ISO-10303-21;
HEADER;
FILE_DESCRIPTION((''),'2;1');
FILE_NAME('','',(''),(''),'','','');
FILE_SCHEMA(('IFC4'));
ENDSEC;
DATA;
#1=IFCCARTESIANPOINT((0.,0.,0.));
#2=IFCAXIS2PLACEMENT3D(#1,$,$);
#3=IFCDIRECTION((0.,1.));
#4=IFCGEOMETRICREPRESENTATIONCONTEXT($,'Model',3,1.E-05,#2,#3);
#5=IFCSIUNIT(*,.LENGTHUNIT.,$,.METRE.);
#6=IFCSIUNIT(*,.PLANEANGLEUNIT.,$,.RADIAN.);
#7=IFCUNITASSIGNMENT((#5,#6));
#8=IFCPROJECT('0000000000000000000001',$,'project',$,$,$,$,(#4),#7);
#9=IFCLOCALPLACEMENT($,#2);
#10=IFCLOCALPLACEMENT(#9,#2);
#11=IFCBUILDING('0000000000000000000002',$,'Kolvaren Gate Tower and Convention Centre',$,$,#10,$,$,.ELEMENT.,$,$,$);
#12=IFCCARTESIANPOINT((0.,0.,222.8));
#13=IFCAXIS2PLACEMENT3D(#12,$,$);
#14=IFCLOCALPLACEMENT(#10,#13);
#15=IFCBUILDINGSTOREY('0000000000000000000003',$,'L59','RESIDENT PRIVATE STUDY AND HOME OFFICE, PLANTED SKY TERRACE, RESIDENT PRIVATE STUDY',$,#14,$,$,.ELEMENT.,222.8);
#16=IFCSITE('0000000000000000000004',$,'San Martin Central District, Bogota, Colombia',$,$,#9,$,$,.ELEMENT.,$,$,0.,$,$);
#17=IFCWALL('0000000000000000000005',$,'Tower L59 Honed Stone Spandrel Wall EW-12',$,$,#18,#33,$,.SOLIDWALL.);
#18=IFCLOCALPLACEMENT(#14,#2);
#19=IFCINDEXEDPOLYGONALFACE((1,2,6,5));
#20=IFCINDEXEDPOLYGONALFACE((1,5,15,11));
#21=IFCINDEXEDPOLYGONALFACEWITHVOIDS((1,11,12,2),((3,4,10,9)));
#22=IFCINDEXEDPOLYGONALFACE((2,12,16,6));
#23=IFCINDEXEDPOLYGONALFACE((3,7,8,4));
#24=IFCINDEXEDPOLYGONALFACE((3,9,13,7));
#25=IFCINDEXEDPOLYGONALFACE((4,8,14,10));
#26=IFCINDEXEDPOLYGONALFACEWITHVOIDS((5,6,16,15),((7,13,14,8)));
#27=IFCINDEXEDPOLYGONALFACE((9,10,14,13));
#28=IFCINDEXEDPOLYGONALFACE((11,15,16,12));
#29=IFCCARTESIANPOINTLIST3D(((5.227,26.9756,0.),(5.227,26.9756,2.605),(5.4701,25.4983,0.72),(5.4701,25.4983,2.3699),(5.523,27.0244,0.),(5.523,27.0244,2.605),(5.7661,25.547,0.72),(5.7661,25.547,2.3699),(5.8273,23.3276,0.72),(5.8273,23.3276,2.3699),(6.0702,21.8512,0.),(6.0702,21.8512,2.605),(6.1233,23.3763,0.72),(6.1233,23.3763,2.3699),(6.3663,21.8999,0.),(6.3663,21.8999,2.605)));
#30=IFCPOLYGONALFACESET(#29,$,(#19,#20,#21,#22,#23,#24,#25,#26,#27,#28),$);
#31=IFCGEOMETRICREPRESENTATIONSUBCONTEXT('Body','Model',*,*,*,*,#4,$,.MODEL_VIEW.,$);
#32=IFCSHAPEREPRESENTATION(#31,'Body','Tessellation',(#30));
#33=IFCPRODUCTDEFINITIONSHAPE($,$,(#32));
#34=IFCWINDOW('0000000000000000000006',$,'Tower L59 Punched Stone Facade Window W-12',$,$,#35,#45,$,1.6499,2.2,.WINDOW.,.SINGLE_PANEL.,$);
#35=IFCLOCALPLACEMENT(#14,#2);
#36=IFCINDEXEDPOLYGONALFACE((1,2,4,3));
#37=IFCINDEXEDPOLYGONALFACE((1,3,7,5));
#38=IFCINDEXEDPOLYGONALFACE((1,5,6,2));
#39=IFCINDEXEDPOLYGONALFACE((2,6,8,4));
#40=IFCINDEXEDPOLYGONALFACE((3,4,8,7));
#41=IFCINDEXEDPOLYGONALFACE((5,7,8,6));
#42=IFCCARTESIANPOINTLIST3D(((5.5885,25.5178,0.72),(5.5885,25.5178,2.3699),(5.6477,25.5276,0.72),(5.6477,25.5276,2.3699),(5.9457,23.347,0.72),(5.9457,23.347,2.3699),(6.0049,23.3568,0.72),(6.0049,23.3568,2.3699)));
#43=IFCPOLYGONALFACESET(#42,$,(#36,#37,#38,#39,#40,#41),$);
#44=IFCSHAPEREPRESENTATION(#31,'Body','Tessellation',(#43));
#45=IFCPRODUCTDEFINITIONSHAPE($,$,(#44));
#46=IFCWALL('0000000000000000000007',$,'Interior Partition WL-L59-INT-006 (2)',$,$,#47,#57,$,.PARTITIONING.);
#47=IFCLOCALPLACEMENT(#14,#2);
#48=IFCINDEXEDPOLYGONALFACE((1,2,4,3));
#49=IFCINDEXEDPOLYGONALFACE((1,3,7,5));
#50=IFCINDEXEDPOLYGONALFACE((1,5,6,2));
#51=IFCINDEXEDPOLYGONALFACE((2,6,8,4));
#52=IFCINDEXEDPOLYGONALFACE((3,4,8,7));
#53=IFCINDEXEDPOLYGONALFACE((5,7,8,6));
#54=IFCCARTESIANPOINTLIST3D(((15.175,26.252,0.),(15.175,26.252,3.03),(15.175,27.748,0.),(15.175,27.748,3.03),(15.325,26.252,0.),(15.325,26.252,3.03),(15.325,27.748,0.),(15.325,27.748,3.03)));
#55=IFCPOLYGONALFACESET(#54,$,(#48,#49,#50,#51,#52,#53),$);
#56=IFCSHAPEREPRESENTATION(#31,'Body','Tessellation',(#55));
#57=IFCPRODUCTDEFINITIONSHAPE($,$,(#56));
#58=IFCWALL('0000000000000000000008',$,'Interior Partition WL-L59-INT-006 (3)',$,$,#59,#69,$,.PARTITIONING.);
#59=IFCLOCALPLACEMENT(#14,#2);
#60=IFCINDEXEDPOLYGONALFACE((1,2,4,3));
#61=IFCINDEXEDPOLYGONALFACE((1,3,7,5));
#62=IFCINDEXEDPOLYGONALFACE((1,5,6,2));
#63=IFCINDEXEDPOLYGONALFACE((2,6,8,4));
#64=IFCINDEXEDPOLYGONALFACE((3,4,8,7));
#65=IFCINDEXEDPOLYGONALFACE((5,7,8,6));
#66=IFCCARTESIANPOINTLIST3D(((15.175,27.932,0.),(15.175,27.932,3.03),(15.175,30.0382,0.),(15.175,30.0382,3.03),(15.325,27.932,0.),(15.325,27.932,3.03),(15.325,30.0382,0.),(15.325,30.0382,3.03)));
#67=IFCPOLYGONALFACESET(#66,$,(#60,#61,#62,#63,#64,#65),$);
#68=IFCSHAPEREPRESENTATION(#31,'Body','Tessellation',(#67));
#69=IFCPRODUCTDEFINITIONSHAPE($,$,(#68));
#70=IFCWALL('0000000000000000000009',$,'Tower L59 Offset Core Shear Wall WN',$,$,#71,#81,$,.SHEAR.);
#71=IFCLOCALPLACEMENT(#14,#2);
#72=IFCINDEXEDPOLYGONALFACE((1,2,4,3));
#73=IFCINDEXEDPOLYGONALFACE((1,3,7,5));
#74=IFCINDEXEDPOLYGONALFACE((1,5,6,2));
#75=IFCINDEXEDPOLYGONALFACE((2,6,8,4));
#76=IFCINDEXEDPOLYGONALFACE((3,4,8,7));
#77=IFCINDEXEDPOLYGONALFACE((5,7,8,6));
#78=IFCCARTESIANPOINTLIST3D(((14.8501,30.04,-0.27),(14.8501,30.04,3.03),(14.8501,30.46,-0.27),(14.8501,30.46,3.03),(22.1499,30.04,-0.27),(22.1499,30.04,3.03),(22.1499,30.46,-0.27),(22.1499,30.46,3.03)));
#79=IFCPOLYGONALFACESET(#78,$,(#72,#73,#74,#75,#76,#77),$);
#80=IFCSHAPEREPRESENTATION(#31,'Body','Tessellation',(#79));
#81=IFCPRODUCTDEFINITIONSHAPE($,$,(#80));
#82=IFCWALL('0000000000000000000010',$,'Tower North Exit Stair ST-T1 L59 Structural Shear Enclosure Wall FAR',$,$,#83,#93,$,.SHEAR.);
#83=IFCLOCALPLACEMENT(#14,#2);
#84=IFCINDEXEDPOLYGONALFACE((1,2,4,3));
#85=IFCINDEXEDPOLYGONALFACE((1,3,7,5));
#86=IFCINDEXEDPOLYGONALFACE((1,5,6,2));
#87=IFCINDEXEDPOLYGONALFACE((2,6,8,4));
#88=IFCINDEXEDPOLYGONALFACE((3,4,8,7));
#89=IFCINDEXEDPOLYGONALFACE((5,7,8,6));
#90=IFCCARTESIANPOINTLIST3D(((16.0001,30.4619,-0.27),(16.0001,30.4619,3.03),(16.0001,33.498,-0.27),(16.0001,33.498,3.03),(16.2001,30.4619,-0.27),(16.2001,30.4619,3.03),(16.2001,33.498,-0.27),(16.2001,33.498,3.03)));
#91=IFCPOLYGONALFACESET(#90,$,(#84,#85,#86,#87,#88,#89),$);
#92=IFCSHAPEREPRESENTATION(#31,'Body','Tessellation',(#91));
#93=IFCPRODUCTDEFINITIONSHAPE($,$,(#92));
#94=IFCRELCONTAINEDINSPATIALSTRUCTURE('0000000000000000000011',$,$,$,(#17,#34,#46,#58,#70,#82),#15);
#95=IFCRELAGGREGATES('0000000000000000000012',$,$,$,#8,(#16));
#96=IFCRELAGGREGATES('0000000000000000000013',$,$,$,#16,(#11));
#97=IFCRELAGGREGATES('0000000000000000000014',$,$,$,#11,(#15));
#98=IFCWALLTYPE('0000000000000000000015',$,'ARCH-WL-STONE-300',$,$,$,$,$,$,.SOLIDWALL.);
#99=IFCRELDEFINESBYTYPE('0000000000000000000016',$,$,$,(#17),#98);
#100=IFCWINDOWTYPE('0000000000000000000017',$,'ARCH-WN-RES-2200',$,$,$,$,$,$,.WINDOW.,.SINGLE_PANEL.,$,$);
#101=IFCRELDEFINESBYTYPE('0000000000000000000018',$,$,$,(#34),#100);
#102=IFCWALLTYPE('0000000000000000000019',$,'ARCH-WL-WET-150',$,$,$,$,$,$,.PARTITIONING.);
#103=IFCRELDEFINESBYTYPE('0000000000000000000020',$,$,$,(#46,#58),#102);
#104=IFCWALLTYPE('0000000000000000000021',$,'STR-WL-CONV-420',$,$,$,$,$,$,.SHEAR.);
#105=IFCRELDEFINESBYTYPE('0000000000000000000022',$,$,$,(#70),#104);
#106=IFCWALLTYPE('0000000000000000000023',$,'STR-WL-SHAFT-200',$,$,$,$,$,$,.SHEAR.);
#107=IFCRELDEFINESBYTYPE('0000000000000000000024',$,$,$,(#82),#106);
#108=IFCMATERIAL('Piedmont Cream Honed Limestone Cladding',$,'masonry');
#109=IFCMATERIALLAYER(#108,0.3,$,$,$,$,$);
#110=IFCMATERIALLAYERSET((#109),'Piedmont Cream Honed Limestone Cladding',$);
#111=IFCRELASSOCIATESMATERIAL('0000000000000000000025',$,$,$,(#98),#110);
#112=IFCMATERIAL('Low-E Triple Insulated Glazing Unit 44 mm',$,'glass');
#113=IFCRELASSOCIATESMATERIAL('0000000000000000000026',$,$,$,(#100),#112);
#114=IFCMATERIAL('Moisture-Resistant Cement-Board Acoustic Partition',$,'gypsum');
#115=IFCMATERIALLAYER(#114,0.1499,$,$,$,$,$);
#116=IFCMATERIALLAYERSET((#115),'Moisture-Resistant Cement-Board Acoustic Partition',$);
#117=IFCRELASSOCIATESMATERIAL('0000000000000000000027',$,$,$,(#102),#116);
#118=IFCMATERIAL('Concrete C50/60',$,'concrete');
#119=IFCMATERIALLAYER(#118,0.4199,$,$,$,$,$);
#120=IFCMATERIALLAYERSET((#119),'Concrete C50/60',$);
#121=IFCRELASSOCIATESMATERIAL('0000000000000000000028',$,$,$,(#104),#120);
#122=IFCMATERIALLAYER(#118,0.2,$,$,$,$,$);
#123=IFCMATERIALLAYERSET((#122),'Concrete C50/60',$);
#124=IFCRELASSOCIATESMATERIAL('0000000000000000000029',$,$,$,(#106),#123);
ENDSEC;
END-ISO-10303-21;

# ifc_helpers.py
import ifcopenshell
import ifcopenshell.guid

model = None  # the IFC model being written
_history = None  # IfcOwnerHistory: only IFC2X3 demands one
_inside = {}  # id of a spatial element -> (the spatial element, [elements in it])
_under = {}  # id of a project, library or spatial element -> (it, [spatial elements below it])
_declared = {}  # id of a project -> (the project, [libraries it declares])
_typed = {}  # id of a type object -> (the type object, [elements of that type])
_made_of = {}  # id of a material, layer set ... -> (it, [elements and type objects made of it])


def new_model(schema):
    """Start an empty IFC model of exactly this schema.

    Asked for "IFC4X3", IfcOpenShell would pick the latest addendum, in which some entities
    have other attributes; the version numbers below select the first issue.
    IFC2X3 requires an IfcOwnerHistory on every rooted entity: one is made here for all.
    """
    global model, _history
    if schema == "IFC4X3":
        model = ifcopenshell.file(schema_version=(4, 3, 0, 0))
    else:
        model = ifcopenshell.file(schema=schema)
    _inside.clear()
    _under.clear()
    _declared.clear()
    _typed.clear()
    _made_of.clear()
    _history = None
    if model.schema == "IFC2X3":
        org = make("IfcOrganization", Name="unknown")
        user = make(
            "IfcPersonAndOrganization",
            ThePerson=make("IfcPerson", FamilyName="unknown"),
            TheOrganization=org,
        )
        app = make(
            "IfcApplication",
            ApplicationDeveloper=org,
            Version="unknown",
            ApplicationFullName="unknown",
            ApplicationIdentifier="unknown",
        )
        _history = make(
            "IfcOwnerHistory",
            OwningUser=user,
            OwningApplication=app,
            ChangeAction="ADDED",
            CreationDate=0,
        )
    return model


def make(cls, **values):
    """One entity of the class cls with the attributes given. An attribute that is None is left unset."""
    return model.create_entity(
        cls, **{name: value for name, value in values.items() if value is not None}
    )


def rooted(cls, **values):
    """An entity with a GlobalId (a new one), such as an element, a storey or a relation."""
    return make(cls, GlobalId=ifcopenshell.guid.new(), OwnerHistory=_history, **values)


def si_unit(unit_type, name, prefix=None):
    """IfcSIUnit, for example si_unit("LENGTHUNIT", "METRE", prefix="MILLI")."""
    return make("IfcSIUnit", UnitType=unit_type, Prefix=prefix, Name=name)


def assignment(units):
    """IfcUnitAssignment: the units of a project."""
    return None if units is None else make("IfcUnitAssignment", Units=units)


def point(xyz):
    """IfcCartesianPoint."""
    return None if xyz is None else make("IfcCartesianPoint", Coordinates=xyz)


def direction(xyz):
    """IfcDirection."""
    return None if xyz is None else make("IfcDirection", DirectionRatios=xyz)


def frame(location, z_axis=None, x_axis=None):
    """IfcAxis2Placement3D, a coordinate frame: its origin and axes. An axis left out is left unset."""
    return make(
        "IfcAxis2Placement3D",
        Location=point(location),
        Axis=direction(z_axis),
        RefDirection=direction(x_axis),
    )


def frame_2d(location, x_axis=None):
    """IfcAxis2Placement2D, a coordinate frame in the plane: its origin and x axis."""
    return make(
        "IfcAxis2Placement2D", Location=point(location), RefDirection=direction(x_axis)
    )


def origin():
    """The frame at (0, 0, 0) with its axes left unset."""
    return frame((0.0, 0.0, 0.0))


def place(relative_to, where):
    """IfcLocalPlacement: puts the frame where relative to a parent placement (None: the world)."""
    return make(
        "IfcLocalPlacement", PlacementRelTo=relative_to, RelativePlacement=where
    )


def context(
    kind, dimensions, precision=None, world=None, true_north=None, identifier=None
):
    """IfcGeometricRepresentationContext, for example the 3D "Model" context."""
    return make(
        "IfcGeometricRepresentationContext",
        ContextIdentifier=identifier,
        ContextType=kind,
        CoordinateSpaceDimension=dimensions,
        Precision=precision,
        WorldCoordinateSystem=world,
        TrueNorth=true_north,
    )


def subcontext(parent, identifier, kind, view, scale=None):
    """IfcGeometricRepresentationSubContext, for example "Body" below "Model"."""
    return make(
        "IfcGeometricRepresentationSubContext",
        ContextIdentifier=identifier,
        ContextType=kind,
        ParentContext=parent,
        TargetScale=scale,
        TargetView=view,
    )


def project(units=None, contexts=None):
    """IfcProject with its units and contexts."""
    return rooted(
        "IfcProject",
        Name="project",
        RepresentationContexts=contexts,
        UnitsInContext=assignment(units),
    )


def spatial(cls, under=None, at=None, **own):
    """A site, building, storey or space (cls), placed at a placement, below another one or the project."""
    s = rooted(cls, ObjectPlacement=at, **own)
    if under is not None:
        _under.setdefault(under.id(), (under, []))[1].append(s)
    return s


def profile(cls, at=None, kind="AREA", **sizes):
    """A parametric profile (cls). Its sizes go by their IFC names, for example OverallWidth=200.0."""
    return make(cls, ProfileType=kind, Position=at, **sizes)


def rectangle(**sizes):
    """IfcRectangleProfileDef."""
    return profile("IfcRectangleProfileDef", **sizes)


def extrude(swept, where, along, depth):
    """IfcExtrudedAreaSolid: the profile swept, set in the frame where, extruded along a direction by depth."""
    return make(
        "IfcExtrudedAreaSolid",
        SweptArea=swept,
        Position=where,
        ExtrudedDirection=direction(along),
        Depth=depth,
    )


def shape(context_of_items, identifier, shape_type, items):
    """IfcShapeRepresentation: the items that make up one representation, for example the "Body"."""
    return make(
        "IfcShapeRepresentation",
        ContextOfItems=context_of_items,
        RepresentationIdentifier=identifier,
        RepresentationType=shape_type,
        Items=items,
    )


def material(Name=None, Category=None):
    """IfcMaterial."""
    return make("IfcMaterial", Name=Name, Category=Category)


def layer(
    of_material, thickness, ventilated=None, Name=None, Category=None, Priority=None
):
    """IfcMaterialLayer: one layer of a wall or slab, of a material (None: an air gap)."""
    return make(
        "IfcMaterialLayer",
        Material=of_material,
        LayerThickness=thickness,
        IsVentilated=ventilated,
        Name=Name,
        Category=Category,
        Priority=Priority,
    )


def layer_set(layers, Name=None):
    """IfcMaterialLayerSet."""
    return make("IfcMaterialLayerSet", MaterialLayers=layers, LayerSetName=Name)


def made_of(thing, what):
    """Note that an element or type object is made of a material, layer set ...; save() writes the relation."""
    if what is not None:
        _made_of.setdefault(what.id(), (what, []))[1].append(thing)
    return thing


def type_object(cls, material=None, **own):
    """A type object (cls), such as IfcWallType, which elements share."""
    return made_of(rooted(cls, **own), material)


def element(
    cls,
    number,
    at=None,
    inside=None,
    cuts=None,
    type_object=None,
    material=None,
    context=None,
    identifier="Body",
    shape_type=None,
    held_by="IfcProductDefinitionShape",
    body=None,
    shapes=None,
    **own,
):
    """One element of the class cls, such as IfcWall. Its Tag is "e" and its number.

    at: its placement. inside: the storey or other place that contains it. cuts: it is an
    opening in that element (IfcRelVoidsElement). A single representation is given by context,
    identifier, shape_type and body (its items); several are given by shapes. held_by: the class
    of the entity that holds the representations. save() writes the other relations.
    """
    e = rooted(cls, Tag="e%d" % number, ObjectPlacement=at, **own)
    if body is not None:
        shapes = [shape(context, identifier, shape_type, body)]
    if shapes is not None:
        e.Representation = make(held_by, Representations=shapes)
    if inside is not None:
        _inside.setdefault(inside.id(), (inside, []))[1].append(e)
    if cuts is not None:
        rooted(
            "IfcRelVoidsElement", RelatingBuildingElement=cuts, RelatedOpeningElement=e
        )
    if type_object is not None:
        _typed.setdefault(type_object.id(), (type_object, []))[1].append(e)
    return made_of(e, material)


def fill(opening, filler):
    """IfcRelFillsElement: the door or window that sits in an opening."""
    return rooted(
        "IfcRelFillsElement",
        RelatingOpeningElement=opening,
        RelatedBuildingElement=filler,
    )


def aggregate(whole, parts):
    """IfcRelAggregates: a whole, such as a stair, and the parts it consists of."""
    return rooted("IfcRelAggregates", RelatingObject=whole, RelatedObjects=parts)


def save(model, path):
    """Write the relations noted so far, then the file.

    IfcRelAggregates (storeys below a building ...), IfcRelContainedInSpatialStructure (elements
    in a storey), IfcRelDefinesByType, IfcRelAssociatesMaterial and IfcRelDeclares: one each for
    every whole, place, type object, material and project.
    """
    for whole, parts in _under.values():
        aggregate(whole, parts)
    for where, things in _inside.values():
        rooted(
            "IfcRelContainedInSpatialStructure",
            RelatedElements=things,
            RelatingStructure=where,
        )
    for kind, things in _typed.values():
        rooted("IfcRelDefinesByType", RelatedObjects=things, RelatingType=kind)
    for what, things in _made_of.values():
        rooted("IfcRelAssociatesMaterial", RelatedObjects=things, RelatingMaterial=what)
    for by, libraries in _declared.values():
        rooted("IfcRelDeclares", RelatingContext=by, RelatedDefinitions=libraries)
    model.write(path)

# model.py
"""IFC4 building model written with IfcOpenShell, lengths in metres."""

from ifc_helpers import new_model, si_unit, direction, frame, frame_2d, origin, place, context, subcontext, project, spatial, rectangle, extrude, material, layer, layer_set, type_object, element, fill, save


model = new_model("IFC4")

# Units and contexts
model_context = context("Model", 3, precision=1e-05, world=origin(), true_north=direction((0.0, 1.0)))
body_context = subcontext(model_context, "Body", "Model", "MODEL_VIEW")
ifc_project = project(units=[si_unit("LENGTHUNIT", "METRE"), si_unit("PLANEANGLEUNIT", "RADIAN")], contexts=[model_context])

# Site, building, storey
site_placement = place(None, origin())
site = spatial("IfcSite", under=ifc_project, at=site_placement, Name="San Martin Central District, Bogota, Colombia", CompositionType="ELEMENT", RefElevation=0.0)
building_placement = place(site_placement, origin())
building = spatial("IfcBuilding", under=site, at=building_placement, Name="Kolvaren Gate Tower and Convention Centre", CompositionType="ELEMENT")
storey_placement = place(building_placement, frame((0.0, 0.0, 222.8)))
storey = spatial("IfcBuildingStorey", under=building, at=storey_placement, Name="L59", Description="RESIDENT PRIVATE STUDY AND HOME OFFICE, PLANTED SKY TERRACE, RESIDENT PRIVATE STUDY", CompositionType="ELEMENT", Elevation=222.8)

# Shared definitions
ifc_material_1 = material(Name="Piedmont Cream Honed Limestone Cladding", Category="masonry")

# Wall, opening, window
ifc_layer_1 = layer(ifc_material_1, 0.3)
ifc_layer_set_1 = layer_set([ifc_layer_1], Name="Piedmont Cream Honed Limestone Cladding")
wall_type_1 = type_object("IfcWallType", Name="ARCH-WL-STONE-300", PredefinedType="SOLIDWALL", material=ifc_layer_set_1)
ifc_material_2 = material(Name="Low-E Triple Insulated Glazing Unit 44 mm", Category="glass")
window_type = type_object("IfcWindowType", Name="ARCH-WN-RES-2200", PartitioningType="SINGLE_PANEL", PredefinedType="WINDOW", material=ifc_material_2)
wall_1_placement = place(storey_placement, frame((5.375, 27.0, 0.0), z_axis=(0.0, 0.0, 1.0), x_axis=(0.162371, -0.98673, 0.0)))
wall_1 = element("IfcWall", 1, at=wall_1_placement, inside=storey, type_object=wall_type_1, Name="Tower L59 Honed Stone Spandrel Wall EW-12", PredefinedType="SOLIDWALL", context=body_context, shape_type="SweptSolid", body=[
    extrude(rectangle(XDim=5.1934, YDim=0.3, at=frame_2d((2.5967, 0.0))), origin(), (0.0, 0.0, 1.0), 2.605),
])
opening_1_placement = place(wall_1_placement, frame((1.4971, 0.0, 0.72)))
opening_1 = element("IfcOpeningElement", 2, at=opening_1_placement, cuts=wall_1, PredefinedType="OPENING", context=body_context, shape_type="SweptSolid", body=[
    extrude(rectangle(XDim=2.2, YDim=1.6499, at=frame_2d((1.1001, 0.825))), frame((0.0, 0.1599, 0.0), z_axis=(0.0, -1.0, 0.0), x_axis=(1.0, 0.0, 0.0)), (0.0, 0.0, 1.0), 0.3201),
])
window_1_placement = place(opening_1_placement, origin())
window_1 = element("IfcWindow", 3, at=window_1_placement, inside=storey, type_object=window_type, Name="Tower L59 Punched Stone Facade Window W-12", OverallHeight=1.6499, OverallWidth=2.2, PartitioningType="SINGLE_PANEL", PredefinedType="WINDOW", context=body_context, shape_type="SweptSolid", body=[
    extrude(rectangle(XDim=2.2, YDim=1.6499, at=frame_2d((1.1001, 0.825))), frame((0.0, 0.03, 0.0), z_axis=(0.0, -1.0, 0.0), x_axis=(1.0, 0.0, 0.0)), (0.0, 0.0, 1.0), 0.0601),
])
fill(opening_1, window_1)

# Walls
ifc_material_3 = material(Name="Moisture-Resistant Cement-Board Acoustic Partition", Category="gypsum")
ifc_layer_2 = layer(ifc_material_3, 0.1499)
ifc_layer_set_2 = layer_set([ifc_layer_2], Name="Moisture-Resistant Cement-Board Acoustic Partition")
wall_type_2 = type_object("IfcWallType", Name="ARCH-WL-WET-150", PredefinedType="PARTITIONING", material=ifc_layer_set_2)
wall_2_placement = place(storey_placement, frame((15.25, 26.252, 0.0), z_axis=(0.0, 0.0, 1.0), x_axis=(0.0, 1.0, 0.0)))
element("IfcWall", 4, at=wall_2_placement, inside=storey, type_object=wall_type_2, Name="Interior Partition WL-L59-INT-006 (2)", PredefinedType="PARTITIONING", context=body_context, shape_type="SweptSolid", body=[
    extrude(rectangle(XDim=1.4961, YDim=0.1499, at=frame_2d((0.748, 0.0))), origin(), (0.0, 0.0, 1.0), 3.03),
])
wall_3_placement = place(storey_placement, frame((15.25, 27.9319, 0.0), z_axis=(0.0, 0.0, 1.0), x_axis=(0.0, 1.0, 0.0)))
element("IfcWall", 5, at=wall_3_placement, inside=storey, type_object=wall_type_2, Name="Interior Partition WL-L59-INT-006 (3)", PredefinedType="PARTITIONING", context=body_context, shape_type="SweptSolid", body=[
    extrude(rectangle(XDim=2.1062, YDim=0.1499, at=frame_2d((1.0532, 0.0))), origin(), (0.0, 0.0, 1.0), 3.03),
])
ifc_material_4 = material(Name="Concrete C50/60", Category="concrete")
ifc_layer_3 = layer(ifc_material_4, 0.4199)
ifc_layer_set_3 = layer_set([ifc_layer_3], Name="Concrete C50/60")
wall_type_3 = type_object("IfcWallType", Name="STR-WL-CONV-420", PredefinedType="SHEAR", material=ifc_layer_set_3)
wall_4_placement = place(storey_placement, frame((14.8501, 30.25, -0.27), z_axis=(0.0, 0.0, 1.0), x_axis=(1.0, 0.0, 0.0)))
element("IfcWall", 6, at=wall_4_placement, inside=storey, type_object=wall_type_3, Name="Tower L59 Offset Core Shear Wall WN", PredefinedType="SHEAR", context=body_context, shape_type="SweptSolid", body=[
    extrude(rectangle(XDim=7.2998, YDim=0.4199, at=frame_2d((3.6499, 0.0))), origin(), (0.0, 0.0, 1.0), 3.3),
])
ifc_layer_4 = layer(ifc_material_4, 0.2)
ifc_layer_set_4 = layer_set([ifc_layer_4], Name="Concrete C50/60")
wall_type_4 = type_object("IfcWallType", Name="STR-WL-SHAFT-200", PredefinedType="SHEAR", material=ifc_layer_set_4)
wall_5_placement = place(storey_placement, frame((16.1001, 30.4619, -0.27), z_axis=(0.0, 0.0, 1.0), x_axis=(0.0, 1.0, 0.0)))
element("IfcWall", 7, at=wall_5_placement, inside=storey, type_object=wall_type_4, Name="Tower North Exit Stair ST-T1 L59 Structural Shear Enclosure Wall FAR", PredefinedType="SHEAR", context=body_context, shape_type="SweptSolid", body=[
    extrude(rectangle(XDim=3.0361, YDim=0.2, at=frame_2d((1.5181, 0.0))), origin(), (0.0, 0.0, 1.0), 3.3),
])

save(model, "model.ifc")
